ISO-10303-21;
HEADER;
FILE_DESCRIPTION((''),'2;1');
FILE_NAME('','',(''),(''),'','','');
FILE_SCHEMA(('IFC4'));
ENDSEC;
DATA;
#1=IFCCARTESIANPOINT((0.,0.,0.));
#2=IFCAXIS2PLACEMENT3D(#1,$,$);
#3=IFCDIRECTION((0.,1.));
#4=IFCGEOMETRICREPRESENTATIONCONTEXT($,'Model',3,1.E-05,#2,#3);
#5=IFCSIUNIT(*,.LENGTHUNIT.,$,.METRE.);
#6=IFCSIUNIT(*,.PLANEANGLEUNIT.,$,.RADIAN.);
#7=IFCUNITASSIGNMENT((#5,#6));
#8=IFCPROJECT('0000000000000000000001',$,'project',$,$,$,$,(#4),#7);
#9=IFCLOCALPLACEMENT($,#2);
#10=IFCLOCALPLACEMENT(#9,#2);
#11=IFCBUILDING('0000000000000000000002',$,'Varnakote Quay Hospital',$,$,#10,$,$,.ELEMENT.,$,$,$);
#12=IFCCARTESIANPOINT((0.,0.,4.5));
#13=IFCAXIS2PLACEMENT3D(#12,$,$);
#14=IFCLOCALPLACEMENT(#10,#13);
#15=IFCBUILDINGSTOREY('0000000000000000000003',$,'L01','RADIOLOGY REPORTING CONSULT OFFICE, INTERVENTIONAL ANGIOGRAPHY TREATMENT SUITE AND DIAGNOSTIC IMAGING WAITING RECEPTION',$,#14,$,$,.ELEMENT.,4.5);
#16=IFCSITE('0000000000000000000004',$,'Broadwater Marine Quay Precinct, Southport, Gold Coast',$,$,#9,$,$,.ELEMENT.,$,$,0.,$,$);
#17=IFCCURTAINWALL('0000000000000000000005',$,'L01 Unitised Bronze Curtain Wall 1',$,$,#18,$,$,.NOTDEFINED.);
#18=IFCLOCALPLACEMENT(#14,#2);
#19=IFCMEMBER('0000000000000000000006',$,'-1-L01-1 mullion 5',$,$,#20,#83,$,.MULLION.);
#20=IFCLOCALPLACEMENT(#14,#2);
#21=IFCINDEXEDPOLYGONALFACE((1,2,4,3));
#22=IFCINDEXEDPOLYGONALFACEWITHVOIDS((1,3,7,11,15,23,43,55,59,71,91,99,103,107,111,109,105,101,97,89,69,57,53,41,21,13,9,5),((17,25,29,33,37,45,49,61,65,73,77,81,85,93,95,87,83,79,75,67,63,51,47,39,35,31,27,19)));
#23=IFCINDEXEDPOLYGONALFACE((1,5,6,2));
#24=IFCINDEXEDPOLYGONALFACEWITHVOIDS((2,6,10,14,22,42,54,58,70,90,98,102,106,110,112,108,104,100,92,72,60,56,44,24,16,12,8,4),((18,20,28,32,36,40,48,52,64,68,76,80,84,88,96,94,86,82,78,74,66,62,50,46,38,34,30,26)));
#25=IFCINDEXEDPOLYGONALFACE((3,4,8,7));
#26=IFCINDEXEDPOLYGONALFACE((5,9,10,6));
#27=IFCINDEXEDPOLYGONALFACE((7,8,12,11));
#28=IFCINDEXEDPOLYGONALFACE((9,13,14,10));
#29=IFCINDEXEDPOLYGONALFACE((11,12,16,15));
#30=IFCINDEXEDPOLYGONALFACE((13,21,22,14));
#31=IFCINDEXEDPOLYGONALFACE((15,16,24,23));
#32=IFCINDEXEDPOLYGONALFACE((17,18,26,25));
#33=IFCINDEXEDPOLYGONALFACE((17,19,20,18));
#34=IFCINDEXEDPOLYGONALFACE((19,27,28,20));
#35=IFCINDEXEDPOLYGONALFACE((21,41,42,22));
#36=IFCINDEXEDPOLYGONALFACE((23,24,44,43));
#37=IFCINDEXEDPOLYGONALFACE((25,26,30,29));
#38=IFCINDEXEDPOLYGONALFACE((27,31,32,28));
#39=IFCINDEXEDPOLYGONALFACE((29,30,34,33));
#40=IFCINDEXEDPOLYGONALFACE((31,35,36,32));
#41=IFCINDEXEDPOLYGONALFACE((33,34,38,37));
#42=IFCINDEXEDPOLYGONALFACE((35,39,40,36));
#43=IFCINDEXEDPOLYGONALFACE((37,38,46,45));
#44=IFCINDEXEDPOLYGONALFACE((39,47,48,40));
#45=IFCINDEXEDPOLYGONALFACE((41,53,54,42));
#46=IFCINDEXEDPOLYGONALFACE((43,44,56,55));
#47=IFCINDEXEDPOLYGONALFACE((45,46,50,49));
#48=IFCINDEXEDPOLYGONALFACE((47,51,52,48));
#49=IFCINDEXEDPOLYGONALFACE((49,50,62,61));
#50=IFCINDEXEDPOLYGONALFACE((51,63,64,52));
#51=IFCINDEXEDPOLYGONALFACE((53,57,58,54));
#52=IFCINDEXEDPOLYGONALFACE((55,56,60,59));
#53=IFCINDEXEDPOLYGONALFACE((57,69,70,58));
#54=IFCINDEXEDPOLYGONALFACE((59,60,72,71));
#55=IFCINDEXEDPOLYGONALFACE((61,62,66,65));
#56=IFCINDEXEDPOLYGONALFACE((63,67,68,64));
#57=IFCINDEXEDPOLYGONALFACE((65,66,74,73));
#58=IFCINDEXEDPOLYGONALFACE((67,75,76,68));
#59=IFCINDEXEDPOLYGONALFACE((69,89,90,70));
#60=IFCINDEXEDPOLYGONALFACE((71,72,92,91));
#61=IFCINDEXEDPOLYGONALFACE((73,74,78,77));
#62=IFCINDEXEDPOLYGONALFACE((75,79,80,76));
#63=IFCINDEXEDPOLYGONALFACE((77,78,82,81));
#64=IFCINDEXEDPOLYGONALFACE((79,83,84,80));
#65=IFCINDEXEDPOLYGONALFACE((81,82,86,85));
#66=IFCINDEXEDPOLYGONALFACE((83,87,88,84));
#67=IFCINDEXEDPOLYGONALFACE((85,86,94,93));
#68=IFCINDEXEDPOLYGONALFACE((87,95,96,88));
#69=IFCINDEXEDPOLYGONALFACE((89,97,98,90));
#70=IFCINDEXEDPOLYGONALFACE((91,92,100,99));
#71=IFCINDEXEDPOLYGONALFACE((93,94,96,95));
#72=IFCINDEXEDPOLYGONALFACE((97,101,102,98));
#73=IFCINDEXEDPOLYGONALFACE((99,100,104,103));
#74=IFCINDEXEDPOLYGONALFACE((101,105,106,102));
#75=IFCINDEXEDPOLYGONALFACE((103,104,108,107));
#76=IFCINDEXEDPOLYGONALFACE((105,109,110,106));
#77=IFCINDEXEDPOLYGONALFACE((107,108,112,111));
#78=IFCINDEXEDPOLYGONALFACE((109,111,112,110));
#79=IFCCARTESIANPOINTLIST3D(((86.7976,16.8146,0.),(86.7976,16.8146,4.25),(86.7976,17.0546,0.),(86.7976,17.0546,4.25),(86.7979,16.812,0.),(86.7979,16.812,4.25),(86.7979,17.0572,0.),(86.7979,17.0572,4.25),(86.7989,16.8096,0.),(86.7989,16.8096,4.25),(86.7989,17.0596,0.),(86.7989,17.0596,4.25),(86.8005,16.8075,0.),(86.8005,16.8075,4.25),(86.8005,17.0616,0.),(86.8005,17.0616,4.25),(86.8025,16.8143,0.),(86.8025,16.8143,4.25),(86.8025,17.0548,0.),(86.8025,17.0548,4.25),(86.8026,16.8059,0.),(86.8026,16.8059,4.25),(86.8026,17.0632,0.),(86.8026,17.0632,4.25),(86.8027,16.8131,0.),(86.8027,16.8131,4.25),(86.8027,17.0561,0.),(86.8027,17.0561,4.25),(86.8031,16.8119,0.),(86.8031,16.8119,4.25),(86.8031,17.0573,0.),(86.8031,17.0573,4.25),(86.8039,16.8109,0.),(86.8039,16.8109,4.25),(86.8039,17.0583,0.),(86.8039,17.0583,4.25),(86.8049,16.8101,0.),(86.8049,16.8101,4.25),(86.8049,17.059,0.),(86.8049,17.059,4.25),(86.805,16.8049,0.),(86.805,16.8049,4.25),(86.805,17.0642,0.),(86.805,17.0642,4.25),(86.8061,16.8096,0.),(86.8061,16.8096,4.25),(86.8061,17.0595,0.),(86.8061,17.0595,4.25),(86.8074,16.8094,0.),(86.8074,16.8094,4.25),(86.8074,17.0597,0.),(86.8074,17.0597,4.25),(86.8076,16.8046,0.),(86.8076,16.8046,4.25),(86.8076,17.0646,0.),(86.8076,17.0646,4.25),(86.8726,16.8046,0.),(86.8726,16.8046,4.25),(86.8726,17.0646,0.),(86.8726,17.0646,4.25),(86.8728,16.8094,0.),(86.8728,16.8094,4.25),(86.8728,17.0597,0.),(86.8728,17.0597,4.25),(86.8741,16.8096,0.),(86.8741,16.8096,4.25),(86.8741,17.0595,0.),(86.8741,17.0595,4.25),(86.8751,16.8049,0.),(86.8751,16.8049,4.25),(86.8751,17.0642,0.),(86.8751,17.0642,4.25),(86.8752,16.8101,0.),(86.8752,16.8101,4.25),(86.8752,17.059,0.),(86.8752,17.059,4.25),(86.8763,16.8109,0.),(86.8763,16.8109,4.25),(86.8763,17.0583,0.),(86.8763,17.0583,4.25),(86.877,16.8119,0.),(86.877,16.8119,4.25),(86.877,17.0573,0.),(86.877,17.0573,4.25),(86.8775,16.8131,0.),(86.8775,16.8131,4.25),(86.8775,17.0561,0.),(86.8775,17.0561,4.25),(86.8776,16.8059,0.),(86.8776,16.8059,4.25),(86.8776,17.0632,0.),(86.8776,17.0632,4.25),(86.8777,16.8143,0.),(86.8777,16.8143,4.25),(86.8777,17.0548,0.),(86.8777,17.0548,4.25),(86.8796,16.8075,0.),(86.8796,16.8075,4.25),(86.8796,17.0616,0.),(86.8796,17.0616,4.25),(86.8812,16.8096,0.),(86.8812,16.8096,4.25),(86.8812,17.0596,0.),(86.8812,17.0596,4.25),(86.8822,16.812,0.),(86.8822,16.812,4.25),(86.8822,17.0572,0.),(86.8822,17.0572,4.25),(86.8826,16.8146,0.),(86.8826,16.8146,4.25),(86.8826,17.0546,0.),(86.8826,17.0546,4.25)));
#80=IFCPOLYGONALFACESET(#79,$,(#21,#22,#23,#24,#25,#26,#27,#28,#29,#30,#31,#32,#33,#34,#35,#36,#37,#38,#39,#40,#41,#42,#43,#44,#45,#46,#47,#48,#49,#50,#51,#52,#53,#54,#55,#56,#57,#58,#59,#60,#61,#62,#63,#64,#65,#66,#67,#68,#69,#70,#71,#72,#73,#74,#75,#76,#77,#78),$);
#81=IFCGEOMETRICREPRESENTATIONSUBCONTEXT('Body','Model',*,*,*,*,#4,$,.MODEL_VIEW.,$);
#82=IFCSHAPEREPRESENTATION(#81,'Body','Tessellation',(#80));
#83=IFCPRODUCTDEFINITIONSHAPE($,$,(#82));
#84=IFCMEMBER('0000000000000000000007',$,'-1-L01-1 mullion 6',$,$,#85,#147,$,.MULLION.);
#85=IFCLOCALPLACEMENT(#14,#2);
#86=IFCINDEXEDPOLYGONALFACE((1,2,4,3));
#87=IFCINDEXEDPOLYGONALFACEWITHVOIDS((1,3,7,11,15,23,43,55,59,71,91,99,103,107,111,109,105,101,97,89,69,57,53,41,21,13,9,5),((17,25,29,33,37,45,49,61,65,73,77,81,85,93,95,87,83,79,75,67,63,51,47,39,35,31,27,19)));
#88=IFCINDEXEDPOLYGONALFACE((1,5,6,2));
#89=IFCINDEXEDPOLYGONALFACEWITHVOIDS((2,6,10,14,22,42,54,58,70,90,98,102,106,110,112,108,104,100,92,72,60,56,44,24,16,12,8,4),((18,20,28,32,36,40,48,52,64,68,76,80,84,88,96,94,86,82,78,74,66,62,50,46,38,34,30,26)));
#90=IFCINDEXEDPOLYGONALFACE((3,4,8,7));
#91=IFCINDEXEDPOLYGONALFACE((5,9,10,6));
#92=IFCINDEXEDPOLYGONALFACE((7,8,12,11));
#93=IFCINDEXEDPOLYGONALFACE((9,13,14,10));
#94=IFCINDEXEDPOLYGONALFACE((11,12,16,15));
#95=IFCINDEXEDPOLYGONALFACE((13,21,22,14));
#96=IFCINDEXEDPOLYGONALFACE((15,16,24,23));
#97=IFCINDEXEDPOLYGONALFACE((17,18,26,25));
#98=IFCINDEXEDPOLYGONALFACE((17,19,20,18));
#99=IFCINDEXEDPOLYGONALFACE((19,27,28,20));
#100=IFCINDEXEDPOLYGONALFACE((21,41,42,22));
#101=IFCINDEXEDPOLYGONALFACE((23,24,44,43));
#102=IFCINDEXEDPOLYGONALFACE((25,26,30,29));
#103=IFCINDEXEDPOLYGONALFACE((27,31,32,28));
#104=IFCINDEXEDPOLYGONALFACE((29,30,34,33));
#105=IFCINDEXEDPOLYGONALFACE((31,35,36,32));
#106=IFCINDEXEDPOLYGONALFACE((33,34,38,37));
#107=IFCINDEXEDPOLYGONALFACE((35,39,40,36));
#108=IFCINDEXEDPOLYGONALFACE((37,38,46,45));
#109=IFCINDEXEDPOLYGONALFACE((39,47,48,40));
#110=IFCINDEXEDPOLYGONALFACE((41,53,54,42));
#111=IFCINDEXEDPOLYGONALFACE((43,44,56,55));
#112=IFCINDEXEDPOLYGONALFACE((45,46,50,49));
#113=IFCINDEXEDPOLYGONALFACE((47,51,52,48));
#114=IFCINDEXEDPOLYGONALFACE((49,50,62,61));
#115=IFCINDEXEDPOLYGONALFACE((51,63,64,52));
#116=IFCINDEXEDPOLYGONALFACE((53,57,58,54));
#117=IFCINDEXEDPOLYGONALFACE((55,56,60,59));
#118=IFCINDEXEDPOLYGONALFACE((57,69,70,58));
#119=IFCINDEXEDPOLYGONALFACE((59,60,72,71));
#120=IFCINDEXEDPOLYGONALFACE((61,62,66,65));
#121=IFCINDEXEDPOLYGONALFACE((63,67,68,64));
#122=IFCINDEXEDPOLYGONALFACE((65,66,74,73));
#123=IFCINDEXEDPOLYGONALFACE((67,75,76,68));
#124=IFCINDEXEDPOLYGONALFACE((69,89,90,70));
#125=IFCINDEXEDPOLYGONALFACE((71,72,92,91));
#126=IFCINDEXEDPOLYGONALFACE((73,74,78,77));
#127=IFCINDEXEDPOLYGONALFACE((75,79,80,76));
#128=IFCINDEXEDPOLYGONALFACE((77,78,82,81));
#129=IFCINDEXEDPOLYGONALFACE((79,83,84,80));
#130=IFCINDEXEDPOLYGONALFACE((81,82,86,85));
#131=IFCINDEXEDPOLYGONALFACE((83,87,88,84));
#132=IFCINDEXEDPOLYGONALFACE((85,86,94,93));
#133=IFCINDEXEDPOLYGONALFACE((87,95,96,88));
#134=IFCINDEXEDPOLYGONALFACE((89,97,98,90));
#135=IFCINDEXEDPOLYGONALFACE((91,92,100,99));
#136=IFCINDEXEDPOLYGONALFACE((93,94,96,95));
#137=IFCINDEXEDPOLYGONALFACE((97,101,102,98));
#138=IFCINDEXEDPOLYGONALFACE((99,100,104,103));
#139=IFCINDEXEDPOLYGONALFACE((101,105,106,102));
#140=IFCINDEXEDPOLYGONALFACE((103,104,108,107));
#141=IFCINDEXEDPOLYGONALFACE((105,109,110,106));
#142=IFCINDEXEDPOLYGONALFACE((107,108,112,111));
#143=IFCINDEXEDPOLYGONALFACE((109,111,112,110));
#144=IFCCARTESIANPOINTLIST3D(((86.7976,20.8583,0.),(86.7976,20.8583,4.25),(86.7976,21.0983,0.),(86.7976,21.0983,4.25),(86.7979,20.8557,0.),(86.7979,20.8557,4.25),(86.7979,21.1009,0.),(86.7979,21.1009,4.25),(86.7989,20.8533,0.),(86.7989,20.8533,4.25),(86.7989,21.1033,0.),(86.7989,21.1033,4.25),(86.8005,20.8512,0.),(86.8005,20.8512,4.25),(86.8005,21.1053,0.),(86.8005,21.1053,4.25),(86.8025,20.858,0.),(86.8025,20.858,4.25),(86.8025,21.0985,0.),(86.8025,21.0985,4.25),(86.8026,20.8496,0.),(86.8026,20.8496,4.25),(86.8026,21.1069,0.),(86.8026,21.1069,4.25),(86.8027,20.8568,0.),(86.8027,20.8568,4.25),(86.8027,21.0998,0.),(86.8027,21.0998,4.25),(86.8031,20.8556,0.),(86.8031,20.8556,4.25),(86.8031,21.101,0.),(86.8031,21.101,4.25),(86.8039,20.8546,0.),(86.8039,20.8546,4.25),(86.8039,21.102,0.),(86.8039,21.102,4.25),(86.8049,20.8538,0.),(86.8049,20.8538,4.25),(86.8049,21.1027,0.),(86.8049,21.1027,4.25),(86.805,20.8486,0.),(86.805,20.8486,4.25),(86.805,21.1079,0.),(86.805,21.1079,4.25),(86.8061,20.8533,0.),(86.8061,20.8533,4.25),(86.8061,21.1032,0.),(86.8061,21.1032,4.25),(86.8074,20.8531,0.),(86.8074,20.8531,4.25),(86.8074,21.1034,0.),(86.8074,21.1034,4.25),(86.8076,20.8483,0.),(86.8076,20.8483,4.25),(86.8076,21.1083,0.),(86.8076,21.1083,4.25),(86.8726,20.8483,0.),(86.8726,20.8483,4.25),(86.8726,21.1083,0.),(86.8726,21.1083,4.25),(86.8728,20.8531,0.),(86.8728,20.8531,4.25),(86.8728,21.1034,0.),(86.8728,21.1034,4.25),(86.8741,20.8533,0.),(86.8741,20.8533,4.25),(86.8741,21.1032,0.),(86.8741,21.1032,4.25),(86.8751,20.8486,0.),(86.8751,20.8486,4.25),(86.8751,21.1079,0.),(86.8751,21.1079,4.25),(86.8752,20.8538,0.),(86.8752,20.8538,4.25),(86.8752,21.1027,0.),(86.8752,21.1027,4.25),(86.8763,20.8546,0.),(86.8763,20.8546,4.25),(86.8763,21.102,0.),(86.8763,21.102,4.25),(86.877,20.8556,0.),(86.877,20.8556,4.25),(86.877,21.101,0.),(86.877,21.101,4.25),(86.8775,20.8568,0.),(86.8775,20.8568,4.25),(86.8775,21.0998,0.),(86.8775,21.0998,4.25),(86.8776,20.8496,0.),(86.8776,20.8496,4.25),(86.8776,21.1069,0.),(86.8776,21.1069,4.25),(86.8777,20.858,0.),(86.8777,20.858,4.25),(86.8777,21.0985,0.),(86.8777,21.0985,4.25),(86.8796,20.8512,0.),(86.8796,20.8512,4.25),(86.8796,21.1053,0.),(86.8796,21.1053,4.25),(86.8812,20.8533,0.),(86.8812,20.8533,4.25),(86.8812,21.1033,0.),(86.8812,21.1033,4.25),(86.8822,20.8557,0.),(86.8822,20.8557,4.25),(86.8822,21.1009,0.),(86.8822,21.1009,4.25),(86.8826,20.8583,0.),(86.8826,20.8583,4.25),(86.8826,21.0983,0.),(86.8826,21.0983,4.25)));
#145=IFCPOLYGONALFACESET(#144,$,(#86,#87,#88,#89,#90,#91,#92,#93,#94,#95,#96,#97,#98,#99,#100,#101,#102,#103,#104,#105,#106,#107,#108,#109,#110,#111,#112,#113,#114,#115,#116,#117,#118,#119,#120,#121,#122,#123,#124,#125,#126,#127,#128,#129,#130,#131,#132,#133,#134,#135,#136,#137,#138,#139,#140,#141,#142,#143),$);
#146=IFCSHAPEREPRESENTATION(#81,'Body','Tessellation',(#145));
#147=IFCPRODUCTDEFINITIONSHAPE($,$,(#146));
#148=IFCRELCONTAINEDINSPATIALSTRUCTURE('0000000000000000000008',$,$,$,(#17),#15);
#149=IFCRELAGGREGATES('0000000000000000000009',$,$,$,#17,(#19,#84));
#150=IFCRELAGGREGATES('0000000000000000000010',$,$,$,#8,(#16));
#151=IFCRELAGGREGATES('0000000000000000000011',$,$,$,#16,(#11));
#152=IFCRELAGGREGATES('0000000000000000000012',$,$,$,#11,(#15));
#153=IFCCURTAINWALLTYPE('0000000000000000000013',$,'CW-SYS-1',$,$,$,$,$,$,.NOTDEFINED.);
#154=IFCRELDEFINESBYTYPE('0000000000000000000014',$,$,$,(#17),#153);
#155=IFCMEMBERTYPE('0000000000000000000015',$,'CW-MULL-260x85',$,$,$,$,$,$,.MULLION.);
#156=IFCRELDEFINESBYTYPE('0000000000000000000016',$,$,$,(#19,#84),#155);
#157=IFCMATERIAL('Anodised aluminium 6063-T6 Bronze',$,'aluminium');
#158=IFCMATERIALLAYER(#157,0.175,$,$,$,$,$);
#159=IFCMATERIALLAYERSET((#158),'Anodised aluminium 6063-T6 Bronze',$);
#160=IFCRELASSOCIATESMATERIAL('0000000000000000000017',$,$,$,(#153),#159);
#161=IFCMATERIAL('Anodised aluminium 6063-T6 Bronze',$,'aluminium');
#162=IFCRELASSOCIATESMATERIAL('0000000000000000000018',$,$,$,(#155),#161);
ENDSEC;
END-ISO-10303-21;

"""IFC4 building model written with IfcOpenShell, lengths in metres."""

from ifc_helpers import new_model, si_unit, direction, frame, origin, origin_2d, place, context, subcontext, project, spatial, hollow_rectangle, extrude, material, layer, layer_set, material_profile, profile_set, type_object, element, aggregate, save


model = new_model("IFC4")

# Units and contexts
model_context = context("Model", 3, precision=1e-05, world=origin(), true_north=direction((0.0, 1.0)))
body_context = subcontext(model_context, "Body", "Model", "MODEL_VIEW")
ifc_project = project(units=[si_unit("LENGTHUNIT", "METRE"), si_unit("PLANEANGLEUNIT", "RADIAN")], contexts=[model_context])

# Site, building, storey
site_placement = place(None, origin())
site = spatial("IfcSite", under=ifc_project, at=site_placement, Name="Broadwater Marine Quay Precinct, Southport, Gold Coast", CompositionType="ELEMENT", RefElevation=0.0)
building_placement = place(site_placement, origin())
building = spatial("IfcBuilding", under=site, at=building_placement, Name="Varnakote Quay Hospital", CompositionType="ELEMENT")
storey_placement = place(building_placement, frame((0.0, 0.0, 4.5)))
storey = spatial("IfcBuildingStorey", under=building, at=storey_placement, Name="L01", Description="RADIOLOGY REPORTING CONSULT OFFICE, INTERVENTIONAL ANGIOGRAPHY TREATMENT SUITE AND DIAGNOSTIC IMAGING WAITING RECEPTION", CompositionType="ELEMENT", Elevation=4.5)

# Curtain wall, members
ifc_material_1 = material(Name="Anodised aluminium 6063-T6 Bronze", Category="aluminium")
ifc_layer_1 = layer(ifc_material_1, 0.175)
ifc_layer_set_1 = layer_set([ifc_layer_1], Name="Anodised aluminium 6063-T6 Bronze")
curtain_wall_type = type_object("IfcCurtainWallType", Name="CW-SYS-1", PredefinedType="NOTDEFINED", material=ifc_layer_set_1)
curtain_wall_placement = place(storey_placement, origin())
curtain_wall = element("IfcCurtainWall", 1, at=curtain_wall_placement, inside=storey, type_object=curtain_wall_type, Name="L01 Unitised Bronze Curtain Wall 1", PredefinedType="NOTDEFINED")
ifc_material_2 = material(Name="Anodised aluminium 6063-T6 Bronze", Category="aluminium")
ifc_material_profile_1 = material_profile(ifc_material_2, hollow_rectangle(XDim=0.085, YDim=0.26, WallThickness=0.0049, InnerFilletRadius=0.0049, OuterFilletRadius=0.01, at=origin_2d()), Name="CW-MULL-260x85")
ifc_profile_set_1 = profile_set([ifc_material_profile_1], Name="Anodised aluminium 6063-T6 Bronze")
member_type_1 = type_object("IfcMemberType", Name="CW-MULL-260x85", PredefinedType="MULLION", material=ifc_profile_set_1)
member_1_placement = place(storey_placement, frame((86.8401, 16.9346, 0.0), z_axis=(0.0, 0.0, 1.0), x_axis=(-1.0, 0.0, 0.0)))
member_1 = element("IfcMember", 2, at=member_1_placement, type_object=member_type_1, Name="-1-L01-1 mullion 5", PredefinedType="MULLION", context=body_context, shape_type="SweptSolid", body=[
    extrude(hollow_rectangle(XDim=0.085, YDim=0.26, WallThickness=0.0049, InnerFilletRadius=0.0049, OuterFilletRadius=0.01, at=origin_2d()), origin(), (0.0, 0.0, 1.0), 4.25),
])
member_2_placement = place(storey_placement, frame((86.8401, 20.9783, 0.0), z_axis=(0.0, 0.0, 1.0), x_axis=(-1.0, 0.0, 0.0)))
member_2 = element("IfcMember", 3, at=member_2_placement, type_object=member_type_1, Name="-1-L01-1 mullion 6", PredefinedType="MULLION", context=body_context, shape_type="SweptSolid", body=[
    extrude(hollow_rectangle(XDim=0.085, YDim=0.26, WallThickness=0.0049, InnerFilletRadius=0.0049, OuterFilletRadius=0.01, at=origin_2d()), origin(), (0.0, 0.0, 1.0), 4.25),
])
aggregate(curtain_wall, [member_1, member_2])

save(model, "model.ifc")
